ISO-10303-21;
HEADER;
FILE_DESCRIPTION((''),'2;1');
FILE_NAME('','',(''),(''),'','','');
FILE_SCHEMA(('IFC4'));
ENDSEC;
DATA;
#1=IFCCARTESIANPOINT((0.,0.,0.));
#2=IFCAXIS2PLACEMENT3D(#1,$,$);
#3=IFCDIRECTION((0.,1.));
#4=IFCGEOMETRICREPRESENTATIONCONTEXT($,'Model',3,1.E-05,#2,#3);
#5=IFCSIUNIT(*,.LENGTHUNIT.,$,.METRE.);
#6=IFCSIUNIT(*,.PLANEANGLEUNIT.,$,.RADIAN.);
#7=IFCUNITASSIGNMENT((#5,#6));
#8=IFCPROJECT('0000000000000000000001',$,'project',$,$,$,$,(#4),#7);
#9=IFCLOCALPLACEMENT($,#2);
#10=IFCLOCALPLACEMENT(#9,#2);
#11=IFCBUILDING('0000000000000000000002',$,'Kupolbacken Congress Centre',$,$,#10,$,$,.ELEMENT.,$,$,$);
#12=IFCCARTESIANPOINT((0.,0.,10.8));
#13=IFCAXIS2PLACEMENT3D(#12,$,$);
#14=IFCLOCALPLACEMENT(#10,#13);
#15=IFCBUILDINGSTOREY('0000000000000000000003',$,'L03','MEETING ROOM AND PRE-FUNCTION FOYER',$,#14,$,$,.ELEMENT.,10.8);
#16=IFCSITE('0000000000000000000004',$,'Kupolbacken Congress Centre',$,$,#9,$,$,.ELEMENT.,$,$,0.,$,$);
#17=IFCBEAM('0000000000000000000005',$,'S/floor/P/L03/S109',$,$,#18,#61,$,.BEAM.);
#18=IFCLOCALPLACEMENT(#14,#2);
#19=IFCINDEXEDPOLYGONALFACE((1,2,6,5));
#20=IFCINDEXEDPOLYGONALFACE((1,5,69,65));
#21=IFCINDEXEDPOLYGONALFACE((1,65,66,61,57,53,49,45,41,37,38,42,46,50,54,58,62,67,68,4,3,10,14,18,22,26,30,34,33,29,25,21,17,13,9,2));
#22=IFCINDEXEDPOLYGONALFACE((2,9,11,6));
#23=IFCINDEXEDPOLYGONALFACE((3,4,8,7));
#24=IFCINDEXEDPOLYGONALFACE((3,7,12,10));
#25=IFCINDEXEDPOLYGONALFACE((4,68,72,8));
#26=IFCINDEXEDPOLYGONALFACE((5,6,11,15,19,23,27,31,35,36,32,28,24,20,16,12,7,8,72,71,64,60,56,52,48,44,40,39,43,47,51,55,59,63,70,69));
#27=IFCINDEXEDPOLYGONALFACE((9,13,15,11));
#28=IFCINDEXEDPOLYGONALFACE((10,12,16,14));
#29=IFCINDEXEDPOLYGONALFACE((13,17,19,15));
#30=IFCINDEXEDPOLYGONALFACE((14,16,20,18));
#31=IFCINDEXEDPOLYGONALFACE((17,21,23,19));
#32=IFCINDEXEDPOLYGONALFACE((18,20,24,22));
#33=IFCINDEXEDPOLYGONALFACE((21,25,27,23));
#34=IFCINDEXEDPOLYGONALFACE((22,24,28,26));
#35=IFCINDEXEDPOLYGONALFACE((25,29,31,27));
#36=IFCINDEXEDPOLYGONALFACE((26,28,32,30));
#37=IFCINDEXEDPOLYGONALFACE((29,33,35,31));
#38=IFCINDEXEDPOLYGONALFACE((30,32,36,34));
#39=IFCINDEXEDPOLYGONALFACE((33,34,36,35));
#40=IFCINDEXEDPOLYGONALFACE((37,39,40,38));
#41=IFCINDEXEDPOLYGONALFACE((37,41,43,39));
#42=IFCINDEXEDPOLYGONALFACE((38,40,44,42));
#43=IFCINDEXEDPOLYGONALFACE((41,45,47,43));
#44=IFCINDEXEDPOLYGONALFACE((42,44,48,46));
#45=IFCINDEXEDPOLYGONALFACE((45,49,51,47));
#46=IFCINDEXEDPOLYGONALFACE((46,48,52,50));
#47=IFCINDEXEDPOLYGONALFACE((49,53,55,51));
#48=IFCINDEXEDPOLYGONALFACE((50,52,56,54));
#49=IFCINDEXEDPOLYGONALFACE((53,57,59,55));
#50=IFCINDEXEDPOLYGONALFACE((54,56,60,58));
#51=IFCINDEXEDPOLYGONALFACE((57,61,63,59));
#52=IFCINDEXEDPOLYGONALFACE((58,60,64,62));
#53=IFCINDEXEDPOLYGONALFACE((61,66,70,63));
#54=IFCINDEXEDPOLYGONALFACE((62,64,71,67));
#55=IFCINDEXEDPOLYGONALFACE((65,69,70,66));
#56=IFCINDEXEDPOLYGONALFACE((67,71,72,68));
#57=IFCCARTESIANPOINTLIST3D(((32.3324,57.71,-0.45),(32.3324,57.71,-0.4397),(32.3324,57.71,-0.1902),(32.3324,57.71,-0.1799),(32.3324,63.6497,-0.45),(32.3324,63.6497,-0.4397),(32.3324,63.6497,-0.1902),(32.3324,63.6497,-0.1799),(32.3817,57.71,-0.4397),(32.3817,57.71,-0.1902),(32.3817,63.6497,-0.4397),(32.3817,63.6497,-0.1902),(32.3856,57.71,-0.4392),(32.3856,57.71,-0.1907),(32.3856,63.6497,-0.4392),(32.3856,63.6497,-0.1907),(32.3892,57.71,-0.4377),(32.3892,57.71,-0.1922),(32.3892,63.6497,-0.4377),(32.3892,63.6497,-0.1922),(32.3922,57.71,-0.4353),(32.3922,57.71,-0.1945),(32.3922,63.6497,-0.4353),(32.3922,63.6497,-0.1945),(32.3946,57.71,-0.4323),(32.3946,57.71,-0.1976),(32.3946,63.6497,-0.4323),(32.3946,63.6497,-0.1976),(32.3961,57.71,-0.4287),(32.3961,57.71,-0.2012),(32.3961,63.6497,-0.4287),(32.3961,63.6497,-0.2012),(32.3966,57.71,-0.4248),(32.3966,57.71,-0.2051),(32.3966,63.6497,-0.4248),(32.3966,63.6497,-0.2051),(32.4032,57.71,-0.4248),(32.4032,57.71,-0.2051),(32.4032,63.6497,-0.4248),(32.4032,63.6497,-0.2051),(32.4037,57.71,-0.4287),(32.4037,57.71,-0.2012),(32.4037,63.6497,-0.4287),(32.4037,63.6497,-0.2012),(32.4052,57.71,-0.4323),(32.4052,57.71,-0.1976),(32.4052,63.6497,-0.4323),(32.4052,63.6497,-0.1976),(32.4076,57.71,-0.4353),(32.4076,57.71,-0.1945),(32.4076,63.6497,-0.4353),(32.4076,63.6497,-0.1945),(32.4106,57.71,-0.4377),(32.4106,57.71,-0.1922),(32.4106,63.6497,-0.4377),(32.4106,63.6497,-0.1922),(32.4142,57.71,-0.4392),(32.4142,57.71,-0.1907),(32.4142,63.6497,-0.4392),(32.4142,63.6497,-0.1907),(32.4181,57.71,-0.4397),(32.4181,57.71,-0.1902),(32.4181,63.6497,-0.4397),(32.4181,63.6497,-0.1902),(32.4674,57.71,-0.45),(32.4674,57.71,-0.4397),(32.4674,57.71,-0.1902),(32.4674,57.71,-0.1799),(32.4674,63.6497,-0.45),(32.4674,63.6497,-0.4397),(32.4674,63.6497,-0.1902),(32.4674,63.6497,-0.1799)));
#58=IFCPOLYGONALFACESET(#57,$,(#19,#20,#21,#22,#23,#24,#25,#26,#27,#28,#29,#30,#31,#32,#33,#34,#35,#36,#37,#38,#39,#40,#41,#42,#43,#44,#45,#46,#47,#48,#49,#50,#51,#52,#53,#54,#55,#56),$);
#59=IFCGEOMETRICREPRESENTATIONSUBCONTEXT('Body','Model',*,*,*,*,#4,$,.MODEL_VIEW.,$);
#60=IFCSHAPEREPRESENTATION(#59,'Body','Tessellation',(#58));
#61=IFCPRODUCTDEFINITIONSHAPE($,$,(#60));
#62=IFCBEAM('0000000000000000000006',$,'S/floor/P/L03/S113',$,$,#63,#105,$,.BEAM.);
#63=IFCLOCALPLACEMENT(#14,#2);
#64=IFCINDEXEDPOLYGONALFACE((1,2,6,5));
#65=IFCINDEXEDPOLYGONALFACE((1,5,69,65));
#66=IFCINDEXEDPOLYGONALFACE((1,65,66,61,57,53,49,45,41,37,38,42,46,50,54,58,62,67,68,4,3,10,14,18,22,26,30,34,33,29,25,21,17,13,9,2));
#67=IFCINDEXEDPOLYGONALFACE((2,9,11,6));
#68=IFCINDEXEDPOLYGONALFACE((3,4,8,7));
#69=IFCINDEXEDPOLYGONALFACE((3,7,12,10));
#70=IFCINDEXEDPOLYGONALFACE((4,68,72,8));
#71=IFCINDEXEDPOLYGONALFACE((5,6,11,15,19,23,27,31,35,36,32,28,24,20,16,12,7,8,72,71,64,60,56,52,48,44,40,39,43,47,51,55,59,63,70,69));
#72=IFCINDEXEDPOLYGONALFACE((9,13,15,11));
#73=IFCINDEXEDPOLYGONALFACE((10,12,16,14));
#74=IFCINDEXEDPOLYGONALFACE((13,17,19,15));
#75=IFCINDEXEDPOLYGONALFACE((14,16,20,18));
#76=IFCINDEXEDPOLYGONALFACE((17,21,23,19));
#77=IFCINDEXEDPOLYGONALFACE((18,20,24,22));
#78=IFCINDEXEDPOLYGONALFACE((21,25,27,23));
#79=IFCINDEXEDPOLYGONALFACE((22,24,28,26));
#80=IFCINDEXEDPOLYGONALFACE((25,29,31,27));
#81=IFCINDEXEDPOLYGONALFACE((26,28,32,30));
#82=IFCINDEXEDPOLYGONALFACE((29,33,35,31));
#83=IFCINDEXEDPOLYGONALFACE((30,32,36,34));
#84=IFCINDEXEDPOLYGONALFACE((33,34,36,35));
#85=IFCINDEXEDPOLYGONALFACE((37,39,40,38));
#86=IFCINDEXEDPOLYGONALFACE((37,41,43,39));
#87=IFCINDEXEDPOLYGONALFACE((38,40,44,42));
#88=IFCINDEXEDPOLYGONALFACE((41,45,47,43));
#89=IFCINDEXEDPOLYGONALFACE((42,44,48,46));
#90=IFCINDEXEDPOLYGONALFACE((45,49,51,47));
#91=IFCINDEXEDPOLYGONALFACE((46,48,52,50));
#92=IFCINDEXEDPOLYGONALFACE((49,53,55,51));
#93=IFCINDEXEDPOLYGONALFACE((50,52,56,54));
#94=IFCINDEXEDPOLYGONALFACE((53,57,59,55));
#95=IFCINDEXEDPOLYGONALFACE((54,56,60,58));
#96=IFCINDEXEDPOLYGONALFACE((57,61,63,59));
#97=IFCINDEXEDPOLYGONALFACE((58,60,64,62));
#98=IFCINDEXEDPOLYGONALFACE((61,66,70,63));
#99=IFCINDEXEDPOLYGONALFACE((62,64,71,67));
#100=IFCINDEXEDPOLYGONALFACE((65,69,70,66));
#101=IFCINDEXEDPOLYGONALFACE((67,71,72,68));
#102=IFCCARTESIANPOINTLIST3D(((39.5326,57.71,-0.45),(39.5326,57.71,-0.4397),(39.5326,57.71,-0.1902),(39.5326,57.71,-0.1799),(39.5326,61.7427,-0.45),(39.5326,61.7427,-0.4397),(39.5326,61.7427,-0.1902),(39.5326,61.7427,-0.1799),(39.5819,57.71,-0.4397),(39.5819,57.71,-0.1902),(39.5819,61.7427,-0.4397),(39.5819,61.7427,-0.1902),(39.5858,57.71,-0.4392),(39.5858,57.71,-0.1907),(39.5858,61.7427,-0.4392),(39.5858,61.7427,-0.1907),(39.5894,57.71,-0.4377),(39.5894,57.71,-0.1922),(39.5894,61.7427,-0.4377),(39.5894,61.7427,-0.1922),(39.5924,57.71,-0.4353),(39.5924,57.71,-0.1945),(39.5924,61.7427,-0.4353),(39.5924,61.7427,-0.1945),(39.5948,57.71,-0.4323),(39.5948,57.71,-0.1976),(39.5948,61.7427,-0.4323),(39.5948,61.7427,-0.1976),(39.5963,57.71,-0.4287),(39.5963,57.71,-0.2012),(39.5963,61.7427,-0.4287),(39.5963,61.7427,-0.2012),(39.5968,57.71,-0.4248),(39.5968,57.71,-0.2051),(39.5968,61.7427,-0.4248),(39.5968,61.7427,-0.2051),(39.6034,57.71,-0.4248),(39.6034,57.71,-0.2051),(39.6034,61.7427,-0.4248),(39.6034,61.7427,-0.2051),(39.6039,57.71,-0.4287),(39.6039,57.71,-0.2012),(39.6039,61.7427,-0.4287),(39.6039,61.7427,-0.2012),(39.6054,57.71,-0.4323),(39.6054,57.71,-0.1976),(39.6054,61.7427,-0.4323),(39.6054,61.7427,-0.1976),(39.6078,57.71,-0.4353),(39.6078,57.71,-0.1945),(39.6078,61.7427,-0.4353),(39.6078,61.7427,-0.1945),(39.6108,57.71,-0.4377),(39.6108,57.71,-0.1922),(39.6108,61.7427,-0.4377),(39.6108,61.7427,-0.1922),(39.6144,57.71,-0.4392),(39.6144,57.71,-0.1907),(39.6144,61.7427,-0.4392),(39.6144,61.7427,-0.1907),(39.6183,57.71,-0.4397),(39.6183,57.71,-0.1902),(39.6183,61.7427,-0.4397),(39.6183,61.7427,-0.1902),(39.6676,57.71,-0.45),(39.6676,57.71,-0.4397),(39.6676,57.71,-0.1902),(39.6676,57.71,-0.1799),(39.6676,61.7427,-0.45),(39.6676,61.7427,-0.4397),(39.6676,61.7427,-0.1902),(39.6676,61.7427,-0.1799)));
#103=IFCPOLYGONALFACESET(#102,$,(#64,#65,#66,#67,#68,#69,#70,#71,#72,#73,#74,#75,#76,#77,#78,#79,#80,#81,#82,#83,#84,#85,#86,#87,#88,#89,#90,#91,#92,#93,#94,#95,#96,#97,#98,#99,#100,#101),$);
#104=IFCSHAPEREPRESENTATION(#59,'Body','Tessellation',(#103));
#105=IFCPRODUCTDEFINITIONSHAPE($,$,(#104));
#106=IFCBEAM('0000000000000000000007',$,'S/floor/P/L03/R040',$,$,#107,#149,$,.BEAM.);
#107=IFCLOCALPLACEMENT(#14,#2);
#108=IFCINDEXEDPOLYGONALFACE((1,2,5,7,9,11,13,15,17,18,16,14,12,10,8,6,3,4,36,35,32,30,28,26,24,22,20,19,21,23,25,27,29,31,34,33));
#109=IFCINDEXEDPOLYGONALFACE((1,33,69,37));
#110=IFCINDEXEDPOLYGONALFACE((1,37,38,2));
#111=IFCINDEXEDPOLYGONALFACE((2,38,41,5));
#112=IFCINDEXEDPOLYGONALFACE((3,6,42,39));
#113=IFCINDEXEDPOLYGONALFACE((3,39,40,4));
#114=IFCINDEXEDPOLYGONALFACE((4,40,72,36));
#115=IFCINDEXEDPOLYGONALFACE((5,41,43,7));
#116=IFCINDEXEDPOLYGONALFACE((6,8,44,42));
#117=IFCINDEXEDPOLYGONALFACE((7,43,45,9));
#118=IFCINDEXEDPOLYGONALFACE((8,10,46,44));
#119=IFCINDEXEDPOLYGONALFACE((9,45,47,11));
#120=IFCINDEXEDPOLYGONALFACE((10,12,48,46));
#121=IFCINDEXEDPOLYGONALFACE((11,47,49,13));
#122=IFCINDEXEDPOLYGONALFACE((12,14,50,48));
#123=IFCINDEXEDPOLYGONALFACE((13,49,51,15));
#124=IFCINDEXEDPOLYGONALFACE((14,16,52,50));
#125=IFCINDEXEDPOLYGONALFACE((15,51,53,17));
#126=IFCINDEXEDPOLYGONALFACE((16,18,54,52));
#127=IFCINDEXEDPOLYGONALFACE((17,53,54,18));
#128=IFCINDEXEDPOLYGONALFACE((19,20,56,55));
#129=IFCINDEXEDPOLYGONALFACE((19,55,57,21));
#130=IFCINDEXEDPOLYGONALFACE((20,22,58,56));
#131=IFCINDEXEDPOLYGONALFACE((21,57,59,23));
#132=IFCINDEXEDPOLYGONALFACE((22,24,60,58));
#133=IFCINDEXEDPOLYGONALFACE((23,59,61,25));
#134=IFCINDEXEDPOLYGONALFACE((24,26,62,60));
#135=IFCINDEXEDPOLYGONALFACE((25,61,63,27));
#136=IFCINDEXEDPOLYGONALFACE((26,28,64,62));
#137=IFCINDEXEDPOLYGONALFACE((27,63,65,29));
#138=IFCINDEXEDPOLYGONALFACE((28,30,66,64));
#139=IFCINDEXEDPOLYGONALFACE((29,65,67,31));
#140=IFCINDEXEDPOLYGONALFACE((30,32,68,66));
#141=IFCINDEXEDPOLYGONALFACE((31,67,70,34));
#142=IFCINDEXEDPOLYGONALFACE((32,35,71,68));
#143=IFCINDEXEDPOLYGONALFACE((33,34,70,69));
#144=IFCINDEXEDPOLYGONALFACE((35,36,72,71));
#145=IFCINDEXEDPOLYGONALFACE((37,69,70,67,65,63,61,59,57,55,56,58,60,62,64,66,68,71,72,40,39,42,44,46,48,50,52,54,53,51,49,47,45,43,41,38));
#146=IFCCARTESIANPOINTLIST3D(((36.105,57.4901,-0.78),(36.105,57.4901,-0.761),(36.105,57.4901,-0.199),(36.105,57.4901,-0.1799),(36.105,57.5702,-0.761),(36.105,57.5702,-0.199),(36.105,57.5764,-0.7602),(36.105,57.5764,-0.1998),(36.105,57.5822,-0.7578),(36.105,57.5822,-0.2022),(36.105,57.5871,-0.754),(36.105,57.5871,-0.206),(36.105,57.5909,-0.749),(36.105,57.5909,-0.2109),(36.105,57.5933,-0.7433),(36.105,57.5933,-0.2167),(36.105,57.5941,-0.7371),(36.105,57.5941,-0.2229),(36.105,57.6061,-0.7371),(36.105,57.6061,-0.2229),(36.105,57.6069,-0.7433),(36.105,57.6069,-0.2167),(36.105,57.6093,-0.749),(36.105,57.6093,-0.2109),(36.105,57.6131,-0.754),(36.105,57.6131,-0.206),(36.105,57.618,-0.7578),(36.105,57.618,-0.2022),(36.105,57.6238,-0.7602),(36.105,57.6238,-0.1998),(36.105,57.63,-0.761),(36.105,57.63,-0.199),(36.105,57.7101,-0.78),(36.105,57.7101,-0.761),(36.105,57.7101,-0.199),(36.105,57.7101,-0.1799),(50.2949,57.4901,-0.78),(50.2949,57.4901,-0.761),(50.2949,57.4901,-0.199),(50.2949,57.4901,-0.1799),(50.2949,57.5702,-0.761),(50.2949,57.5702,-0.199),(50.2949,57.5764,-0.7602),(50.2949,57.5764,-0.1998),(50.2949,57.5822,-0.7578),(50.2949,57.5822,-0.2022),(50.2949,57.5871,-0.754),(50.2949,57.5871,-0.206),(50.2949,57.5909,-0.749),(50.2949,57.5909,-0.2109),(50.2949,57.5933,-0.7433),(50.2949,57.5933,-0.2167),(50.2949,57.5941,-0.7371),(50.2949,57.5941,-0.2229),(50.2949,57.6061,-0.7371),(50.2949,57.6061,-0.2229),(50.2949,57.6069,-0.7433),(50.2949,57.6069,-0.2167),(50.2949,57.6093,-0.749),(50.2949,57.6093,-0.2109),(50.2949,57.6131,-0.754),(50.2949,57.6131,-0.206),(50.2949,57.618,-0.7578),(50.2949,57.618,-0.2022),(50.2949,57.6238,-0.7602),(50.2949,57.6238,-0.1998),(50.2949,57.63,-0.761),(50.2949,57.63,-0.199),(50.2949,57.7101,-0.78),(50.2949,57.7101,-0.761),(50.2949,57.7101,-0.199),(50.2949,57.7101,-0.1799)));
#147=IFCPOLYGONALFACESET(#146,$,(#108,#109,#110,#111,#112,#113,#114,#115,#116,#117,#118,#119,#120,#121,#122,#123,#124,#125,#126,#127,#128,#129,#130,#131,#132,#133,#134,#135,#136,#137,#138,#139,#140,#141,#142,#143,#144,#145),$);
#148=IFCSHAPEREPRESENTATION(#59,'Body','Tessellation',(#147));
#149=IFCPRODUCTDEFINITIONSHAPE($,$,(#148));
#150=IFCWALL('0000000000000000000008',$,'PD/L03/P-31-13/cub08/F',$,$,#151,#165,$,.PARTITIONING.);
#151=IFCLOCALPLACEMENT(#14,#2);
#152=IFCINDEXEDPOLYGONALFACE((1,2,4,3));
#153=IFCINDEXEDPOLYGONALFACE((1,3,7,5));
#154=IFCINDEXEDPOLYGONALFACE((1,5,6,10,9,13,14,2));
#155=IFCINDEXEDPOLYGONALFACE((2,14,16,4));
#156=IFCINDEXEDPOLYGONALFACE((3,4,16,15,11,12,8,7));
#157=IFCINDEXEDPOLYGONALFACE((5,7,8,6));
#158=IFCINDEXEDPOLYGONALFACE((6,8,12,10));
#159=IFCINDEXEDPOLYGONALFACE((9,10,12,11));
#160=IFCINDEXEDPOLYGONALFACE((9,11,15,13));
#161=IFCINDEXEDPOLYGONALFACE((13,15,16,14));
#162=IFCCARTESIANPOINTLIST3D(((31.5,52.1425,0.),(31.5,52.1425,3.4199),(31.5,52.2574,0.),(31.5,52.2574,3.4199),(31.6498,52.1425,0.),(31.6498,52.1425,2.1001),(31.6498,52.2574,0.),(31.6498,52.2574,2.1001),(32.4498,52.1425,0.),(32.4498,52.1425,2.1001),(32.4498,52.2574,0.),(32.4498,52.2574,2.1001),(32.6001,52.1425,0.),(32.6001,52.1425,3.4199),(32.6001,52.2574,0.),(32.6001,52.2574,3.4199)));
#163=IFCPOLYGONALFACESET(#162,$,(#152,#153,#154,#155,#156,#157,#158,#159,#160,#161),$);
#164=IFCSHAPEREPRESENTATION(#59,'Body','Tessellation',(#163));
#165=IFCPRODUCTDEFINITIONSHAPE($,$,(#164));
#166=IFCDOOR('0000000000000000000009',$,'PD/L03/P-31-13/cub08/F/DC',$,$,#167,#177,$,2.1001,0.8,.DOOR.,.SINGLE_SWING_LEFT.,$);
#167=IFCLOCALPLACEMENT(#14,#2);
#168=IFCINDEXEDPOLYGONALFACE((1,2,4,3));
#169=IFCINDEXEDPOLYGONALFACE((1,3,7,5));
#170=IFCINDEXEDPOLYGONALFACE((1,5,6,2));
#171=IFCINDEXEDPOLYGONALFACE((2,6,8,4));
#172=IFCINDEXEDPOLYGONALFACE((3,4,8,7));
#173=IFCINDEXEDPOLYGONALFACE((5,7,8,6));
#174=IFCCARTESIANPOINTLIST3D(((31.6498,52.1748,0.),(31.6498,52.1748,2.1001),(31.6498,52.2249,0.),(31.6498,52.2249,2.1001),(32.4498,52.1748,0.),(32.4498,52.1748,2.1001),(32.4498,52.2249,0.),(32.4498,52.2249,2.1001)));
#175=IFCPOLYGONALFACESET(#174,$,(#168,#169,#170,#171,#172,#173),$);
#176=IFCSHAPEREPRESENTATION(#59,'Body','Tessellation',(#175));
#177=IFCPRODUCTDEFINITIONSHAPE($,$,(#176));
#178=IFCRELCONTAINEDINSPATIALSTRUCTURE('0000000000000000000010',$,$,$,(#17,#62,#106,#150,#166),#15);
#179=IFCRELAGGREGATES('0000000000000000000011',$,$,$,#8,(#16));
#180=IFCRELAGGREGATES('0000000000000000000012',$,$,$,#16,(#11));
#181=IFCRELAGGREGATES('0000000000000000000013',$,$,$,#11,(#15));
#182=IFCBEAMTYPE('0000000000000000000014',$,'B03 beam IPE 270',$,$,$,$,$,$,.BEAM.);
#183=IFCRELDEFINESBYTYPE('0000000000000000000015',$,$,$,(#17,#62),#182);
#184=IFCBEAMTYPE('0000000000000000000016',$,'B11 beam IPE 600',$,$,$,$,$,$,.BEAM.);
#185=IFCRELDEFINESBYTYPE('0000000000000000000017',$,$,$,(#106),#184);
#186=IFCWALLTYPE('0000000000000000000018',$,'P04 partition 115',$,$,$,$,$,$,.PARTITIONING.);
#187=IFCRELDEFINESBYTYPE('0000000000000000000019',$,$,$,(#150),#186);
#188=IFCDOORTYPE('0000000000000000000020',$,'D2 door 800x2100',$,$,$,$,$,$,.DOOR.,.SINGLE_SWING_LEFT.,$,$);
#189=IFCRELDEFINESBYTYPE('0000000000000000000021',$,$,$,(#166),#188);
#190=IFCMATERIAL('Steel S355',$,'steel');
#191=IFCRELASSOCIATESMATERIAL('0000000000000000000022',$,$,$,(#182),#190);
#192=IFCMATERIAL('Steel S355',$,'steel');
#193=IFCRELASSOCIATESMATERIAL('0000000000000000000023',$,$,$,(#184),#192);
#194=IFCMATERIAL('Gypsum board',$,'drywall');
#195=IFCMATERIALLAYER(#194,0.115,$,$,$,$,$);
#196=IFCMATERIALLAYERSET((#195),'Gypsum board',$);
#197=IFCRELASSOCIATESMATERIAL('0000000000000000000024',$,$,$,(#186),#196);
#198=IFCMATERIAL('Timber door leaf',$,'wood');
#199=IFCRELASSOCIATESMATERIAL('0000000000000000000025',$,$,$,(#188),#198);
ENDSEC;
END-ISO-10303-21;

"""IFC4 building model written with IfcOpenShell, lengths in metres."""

from ifc_helpers import new_model, si_unit, direction, frame, frame_2d, origin, origin_2d, place, context, subcontext, project, spatial, rectangle, i_section, extrude, material, layer, layer_set, material_profile, profile_set, type_object, element, fill, save


model = new_model("IFC4")

# Units and contexts
model_context = context("Model", 3, precision=1e-05, world=origin(), true_north=direction((0.0, 1.0)))
body_context = subcontext(model_context, "Body", "Model", "MODEL_VIEW")
ifc_project = project(units=[si_unit("LENGTHUNIT", "METRE"), si_unit("PLANEANGLEUNIT", "RADIAN")], contexts=[model_context])

# Site, building, storey
site_placement = place(None, origin())
site = spatial("IfcSite", under=ifc_project, at=site_placement, Name="Kupolbacken Congress Centre", CompositionType="ELEMENT", RefElevation=0.0)
building_placement = place(site_placement, origin())
building = spatial("IfcBuilding", under=site, at=building_placement, Name="Kupolbacken Congress Centre", CompositionType="ELEMENT")
storey_placement = place(building_placement, frame((0.0, 0.0, 10.8)))
storey = spatial("IfcBuildingStorey", under=building, at=storey_placement, Name="L03", Description="MEETING ROOM AND PRE-FUNCTION FOYER", CompositionType="ELEMENT", Elevation=10.8)

# Beams
ifc_material_1 = material(Name="Steel S355", Category="steel")
ifc_material_profile_1 = material_profile(ifc_material_1, i_section(OverallWidth=0.135, OverallDepth=0.27, WebThickness=0.0066, FlangeThickness=0.0103, FilletRadius=0.0149, at=origin_2d()), Name="IPE 270")
ifc_profile_set_1 = profile_set([ifc_material_profile_1], Name="Steel S355")
beam_type_1 = type_object("IfcBeamType", Name="B03 beam IPE 270", PredefinedType="BEAM", material=ifc_profile_set_1)
beam_1_placement = place(storey_placement, frame((32.3999, 57.71, -0.3149), z_axis=(0.0, 1.0, 0.0), x_axis=(-1.0, 0.0, 0.0)))
element("IfcBeam", 1, at=beam_1_placement, inside=storey, type_object=beam_type_1, Name="S/floor/P/L03/S109", PredefinedType="BEAM", context=body_context, shape_type="SweptSolid", body=[
    extrude(i_section(OverallWidth=0.135, OverallDepth=0.27, WebThickness=0.0066, FlangeThickness=0.0103, FilletRadius=0.0149, at=origin_2d()), origin(), (0.0, 0.0, 1.0), 5.9397),
])
beam_2_placement = place(storey_placement, frame((39.6001, 57.71, -0.3149), z_axis=(0.0, 1.0, 0.0), x_axis=(-1.0, 0.0, 0.0)))
element("IfcBeam", 2, at=beam_2_placement, inside=storey, type_object=beam_type_1, Name="S/floor/P/L03/S113", PredefinedType="BEAM", context=body_context, shape_type="SweptSolid", body=[
    extrude(i_section(OverallWidth=0.135, OverallDepth=0.27, WebThickness=0.0066, FlangeThickness=0.0103, FilletRadius=0.0149, at=origin_2d()), origin(), (0.0, 0.0, 1.0), 4.0327),
])
ifc_material_2 = material(Name="Steel S355", Category="steel")
ifc_material_profile_2 = material_profile(ifc_material_2, i_section(OverallWidth=0.22, OverallDepth=0.6001, WebThickness=0.012, FlangeThickness=0.019, FilletRadius=0.0239, at=origin_2d()), Name="IPE 600")
ifc_profile_set_2 = profile_set([ifc_material_profile_2], Name="Steel S355")
beam_type_2 = type_object("IfcBeamType", Name="B11 beam IPE 600", PredefinedType="BEAM", material=ifc_profile_set_2)
beam_3_placement = place(storey_placement, frame((36.105, 57.6001, -0.48), z_axis=(1.0, 0.0, 0.0), x_axis=(0.0, 1.0, 0.0)))
element("IfcBeam", 3, at=beam_3_placement, inside=storey, type_object=beam_type_2, Name="S/floor/P/L03/R040", PredefinedType="BEAM", context=body_context, shape_type="SweptSolid", body=[
    extrude(i_section(OverallWidth=0.22, OverallDepth=0.6001, WebThickness=0.012, FlangeThickness=0.019, FilletRadius=0.0239, at=origin_2d()), origin(), (0.0, 0.0, 1.0), 14.1899),
])

# Wall, opening, door
ifc_material_3 = material(Name="Gypsum board", Category="drywall")
ifc_layer_1 = layer(ifc_material_3, 0.115)
ifc_layer_set_1 = layer_set([ifc_layer_1], Name="Gypsum board")
wall_type_1 = type_object("IfcWallType", Name="P04 partition 115", PredefinedType="PARTITIONING", material=ifc_layer_set_1)
wall_1_placement = place(storey_placement, frame((31.5, 52.2, 0.0), z_axis=(0.0, 0.0, 1.0), x_axis=(1.0, 0.0, 0.0)))
wall_1 = element("IfcWall", 4, at=wall_1_placement, inside=storey, type_object=wall_type_1, Name="PD/L03/P-31-13/cub08/F", PredefinedType="PARTITIONING", context=body_context, shape_type="SweptSolid", body=[
    extrude(rectangle(XDim=1.1001, YDim=0.115, at=frame_2d((0.55, 0.0))), origin(), (0.0, 0.0, 1.0), 3.4199),
])
opening_1_placement = place(wall_1_placement, frame((0.1499, 0.0, 0.0)))
opening_1 = element("IfcOpeningElement", 5, at=opening_1_placement, cuts=wall_1, PredefinedType="OPENING", context=body_context, shape_type="SweptSolid", body=[
    extrude(rectangle(XDim=0.8, YDim=2.1001, at=frame_2d((0.3999, 1.05))), frame((0.0, 0.0674, 0.0), z_axis=(0.0, -1.0, 0.0), x_axis=(1.0, 0.0, 0.0)), (0.0, 0.0, 1.0), 0.135),
])
ifc_material_4 = material(Name="Timber door leaf", Category="wood")
door_type = type_object("IfcDoorType", Name="D2 door 800x2100", OperationType="SINGLE_SWING_LEFT", PredefinedType="DOOR", material=ifc_material_4)
door_1_placement = place(opening_1_placement, origin())
door_1 = element("IfcDoor", 6, at=door_1_placement, inside=storey, type_object=door_type, Name="PD/L03/P-31-13/cub08/F/DC", OperationType="SINGLE_SWING_LEFT", OverallHeight=2.1001, OverallWidth=0.8, PredefinedType="DOOR", context=body_context, shape_type="SweptSolid", body=[
    extrude(rectangle(XDim=0.8, YDim=2.1001, at=frame_2d((0.3999, 1.05))), frame((0.0, 0.0249, 0.0), z_axis=(0.0, -1.0, 0.0), x_axis=(1.0, 0.0, 0.0)), (0.0, 0.0, 1.0), 0.05),
])
fill(opening_1, door_1)

save(model, "model.ifc")
